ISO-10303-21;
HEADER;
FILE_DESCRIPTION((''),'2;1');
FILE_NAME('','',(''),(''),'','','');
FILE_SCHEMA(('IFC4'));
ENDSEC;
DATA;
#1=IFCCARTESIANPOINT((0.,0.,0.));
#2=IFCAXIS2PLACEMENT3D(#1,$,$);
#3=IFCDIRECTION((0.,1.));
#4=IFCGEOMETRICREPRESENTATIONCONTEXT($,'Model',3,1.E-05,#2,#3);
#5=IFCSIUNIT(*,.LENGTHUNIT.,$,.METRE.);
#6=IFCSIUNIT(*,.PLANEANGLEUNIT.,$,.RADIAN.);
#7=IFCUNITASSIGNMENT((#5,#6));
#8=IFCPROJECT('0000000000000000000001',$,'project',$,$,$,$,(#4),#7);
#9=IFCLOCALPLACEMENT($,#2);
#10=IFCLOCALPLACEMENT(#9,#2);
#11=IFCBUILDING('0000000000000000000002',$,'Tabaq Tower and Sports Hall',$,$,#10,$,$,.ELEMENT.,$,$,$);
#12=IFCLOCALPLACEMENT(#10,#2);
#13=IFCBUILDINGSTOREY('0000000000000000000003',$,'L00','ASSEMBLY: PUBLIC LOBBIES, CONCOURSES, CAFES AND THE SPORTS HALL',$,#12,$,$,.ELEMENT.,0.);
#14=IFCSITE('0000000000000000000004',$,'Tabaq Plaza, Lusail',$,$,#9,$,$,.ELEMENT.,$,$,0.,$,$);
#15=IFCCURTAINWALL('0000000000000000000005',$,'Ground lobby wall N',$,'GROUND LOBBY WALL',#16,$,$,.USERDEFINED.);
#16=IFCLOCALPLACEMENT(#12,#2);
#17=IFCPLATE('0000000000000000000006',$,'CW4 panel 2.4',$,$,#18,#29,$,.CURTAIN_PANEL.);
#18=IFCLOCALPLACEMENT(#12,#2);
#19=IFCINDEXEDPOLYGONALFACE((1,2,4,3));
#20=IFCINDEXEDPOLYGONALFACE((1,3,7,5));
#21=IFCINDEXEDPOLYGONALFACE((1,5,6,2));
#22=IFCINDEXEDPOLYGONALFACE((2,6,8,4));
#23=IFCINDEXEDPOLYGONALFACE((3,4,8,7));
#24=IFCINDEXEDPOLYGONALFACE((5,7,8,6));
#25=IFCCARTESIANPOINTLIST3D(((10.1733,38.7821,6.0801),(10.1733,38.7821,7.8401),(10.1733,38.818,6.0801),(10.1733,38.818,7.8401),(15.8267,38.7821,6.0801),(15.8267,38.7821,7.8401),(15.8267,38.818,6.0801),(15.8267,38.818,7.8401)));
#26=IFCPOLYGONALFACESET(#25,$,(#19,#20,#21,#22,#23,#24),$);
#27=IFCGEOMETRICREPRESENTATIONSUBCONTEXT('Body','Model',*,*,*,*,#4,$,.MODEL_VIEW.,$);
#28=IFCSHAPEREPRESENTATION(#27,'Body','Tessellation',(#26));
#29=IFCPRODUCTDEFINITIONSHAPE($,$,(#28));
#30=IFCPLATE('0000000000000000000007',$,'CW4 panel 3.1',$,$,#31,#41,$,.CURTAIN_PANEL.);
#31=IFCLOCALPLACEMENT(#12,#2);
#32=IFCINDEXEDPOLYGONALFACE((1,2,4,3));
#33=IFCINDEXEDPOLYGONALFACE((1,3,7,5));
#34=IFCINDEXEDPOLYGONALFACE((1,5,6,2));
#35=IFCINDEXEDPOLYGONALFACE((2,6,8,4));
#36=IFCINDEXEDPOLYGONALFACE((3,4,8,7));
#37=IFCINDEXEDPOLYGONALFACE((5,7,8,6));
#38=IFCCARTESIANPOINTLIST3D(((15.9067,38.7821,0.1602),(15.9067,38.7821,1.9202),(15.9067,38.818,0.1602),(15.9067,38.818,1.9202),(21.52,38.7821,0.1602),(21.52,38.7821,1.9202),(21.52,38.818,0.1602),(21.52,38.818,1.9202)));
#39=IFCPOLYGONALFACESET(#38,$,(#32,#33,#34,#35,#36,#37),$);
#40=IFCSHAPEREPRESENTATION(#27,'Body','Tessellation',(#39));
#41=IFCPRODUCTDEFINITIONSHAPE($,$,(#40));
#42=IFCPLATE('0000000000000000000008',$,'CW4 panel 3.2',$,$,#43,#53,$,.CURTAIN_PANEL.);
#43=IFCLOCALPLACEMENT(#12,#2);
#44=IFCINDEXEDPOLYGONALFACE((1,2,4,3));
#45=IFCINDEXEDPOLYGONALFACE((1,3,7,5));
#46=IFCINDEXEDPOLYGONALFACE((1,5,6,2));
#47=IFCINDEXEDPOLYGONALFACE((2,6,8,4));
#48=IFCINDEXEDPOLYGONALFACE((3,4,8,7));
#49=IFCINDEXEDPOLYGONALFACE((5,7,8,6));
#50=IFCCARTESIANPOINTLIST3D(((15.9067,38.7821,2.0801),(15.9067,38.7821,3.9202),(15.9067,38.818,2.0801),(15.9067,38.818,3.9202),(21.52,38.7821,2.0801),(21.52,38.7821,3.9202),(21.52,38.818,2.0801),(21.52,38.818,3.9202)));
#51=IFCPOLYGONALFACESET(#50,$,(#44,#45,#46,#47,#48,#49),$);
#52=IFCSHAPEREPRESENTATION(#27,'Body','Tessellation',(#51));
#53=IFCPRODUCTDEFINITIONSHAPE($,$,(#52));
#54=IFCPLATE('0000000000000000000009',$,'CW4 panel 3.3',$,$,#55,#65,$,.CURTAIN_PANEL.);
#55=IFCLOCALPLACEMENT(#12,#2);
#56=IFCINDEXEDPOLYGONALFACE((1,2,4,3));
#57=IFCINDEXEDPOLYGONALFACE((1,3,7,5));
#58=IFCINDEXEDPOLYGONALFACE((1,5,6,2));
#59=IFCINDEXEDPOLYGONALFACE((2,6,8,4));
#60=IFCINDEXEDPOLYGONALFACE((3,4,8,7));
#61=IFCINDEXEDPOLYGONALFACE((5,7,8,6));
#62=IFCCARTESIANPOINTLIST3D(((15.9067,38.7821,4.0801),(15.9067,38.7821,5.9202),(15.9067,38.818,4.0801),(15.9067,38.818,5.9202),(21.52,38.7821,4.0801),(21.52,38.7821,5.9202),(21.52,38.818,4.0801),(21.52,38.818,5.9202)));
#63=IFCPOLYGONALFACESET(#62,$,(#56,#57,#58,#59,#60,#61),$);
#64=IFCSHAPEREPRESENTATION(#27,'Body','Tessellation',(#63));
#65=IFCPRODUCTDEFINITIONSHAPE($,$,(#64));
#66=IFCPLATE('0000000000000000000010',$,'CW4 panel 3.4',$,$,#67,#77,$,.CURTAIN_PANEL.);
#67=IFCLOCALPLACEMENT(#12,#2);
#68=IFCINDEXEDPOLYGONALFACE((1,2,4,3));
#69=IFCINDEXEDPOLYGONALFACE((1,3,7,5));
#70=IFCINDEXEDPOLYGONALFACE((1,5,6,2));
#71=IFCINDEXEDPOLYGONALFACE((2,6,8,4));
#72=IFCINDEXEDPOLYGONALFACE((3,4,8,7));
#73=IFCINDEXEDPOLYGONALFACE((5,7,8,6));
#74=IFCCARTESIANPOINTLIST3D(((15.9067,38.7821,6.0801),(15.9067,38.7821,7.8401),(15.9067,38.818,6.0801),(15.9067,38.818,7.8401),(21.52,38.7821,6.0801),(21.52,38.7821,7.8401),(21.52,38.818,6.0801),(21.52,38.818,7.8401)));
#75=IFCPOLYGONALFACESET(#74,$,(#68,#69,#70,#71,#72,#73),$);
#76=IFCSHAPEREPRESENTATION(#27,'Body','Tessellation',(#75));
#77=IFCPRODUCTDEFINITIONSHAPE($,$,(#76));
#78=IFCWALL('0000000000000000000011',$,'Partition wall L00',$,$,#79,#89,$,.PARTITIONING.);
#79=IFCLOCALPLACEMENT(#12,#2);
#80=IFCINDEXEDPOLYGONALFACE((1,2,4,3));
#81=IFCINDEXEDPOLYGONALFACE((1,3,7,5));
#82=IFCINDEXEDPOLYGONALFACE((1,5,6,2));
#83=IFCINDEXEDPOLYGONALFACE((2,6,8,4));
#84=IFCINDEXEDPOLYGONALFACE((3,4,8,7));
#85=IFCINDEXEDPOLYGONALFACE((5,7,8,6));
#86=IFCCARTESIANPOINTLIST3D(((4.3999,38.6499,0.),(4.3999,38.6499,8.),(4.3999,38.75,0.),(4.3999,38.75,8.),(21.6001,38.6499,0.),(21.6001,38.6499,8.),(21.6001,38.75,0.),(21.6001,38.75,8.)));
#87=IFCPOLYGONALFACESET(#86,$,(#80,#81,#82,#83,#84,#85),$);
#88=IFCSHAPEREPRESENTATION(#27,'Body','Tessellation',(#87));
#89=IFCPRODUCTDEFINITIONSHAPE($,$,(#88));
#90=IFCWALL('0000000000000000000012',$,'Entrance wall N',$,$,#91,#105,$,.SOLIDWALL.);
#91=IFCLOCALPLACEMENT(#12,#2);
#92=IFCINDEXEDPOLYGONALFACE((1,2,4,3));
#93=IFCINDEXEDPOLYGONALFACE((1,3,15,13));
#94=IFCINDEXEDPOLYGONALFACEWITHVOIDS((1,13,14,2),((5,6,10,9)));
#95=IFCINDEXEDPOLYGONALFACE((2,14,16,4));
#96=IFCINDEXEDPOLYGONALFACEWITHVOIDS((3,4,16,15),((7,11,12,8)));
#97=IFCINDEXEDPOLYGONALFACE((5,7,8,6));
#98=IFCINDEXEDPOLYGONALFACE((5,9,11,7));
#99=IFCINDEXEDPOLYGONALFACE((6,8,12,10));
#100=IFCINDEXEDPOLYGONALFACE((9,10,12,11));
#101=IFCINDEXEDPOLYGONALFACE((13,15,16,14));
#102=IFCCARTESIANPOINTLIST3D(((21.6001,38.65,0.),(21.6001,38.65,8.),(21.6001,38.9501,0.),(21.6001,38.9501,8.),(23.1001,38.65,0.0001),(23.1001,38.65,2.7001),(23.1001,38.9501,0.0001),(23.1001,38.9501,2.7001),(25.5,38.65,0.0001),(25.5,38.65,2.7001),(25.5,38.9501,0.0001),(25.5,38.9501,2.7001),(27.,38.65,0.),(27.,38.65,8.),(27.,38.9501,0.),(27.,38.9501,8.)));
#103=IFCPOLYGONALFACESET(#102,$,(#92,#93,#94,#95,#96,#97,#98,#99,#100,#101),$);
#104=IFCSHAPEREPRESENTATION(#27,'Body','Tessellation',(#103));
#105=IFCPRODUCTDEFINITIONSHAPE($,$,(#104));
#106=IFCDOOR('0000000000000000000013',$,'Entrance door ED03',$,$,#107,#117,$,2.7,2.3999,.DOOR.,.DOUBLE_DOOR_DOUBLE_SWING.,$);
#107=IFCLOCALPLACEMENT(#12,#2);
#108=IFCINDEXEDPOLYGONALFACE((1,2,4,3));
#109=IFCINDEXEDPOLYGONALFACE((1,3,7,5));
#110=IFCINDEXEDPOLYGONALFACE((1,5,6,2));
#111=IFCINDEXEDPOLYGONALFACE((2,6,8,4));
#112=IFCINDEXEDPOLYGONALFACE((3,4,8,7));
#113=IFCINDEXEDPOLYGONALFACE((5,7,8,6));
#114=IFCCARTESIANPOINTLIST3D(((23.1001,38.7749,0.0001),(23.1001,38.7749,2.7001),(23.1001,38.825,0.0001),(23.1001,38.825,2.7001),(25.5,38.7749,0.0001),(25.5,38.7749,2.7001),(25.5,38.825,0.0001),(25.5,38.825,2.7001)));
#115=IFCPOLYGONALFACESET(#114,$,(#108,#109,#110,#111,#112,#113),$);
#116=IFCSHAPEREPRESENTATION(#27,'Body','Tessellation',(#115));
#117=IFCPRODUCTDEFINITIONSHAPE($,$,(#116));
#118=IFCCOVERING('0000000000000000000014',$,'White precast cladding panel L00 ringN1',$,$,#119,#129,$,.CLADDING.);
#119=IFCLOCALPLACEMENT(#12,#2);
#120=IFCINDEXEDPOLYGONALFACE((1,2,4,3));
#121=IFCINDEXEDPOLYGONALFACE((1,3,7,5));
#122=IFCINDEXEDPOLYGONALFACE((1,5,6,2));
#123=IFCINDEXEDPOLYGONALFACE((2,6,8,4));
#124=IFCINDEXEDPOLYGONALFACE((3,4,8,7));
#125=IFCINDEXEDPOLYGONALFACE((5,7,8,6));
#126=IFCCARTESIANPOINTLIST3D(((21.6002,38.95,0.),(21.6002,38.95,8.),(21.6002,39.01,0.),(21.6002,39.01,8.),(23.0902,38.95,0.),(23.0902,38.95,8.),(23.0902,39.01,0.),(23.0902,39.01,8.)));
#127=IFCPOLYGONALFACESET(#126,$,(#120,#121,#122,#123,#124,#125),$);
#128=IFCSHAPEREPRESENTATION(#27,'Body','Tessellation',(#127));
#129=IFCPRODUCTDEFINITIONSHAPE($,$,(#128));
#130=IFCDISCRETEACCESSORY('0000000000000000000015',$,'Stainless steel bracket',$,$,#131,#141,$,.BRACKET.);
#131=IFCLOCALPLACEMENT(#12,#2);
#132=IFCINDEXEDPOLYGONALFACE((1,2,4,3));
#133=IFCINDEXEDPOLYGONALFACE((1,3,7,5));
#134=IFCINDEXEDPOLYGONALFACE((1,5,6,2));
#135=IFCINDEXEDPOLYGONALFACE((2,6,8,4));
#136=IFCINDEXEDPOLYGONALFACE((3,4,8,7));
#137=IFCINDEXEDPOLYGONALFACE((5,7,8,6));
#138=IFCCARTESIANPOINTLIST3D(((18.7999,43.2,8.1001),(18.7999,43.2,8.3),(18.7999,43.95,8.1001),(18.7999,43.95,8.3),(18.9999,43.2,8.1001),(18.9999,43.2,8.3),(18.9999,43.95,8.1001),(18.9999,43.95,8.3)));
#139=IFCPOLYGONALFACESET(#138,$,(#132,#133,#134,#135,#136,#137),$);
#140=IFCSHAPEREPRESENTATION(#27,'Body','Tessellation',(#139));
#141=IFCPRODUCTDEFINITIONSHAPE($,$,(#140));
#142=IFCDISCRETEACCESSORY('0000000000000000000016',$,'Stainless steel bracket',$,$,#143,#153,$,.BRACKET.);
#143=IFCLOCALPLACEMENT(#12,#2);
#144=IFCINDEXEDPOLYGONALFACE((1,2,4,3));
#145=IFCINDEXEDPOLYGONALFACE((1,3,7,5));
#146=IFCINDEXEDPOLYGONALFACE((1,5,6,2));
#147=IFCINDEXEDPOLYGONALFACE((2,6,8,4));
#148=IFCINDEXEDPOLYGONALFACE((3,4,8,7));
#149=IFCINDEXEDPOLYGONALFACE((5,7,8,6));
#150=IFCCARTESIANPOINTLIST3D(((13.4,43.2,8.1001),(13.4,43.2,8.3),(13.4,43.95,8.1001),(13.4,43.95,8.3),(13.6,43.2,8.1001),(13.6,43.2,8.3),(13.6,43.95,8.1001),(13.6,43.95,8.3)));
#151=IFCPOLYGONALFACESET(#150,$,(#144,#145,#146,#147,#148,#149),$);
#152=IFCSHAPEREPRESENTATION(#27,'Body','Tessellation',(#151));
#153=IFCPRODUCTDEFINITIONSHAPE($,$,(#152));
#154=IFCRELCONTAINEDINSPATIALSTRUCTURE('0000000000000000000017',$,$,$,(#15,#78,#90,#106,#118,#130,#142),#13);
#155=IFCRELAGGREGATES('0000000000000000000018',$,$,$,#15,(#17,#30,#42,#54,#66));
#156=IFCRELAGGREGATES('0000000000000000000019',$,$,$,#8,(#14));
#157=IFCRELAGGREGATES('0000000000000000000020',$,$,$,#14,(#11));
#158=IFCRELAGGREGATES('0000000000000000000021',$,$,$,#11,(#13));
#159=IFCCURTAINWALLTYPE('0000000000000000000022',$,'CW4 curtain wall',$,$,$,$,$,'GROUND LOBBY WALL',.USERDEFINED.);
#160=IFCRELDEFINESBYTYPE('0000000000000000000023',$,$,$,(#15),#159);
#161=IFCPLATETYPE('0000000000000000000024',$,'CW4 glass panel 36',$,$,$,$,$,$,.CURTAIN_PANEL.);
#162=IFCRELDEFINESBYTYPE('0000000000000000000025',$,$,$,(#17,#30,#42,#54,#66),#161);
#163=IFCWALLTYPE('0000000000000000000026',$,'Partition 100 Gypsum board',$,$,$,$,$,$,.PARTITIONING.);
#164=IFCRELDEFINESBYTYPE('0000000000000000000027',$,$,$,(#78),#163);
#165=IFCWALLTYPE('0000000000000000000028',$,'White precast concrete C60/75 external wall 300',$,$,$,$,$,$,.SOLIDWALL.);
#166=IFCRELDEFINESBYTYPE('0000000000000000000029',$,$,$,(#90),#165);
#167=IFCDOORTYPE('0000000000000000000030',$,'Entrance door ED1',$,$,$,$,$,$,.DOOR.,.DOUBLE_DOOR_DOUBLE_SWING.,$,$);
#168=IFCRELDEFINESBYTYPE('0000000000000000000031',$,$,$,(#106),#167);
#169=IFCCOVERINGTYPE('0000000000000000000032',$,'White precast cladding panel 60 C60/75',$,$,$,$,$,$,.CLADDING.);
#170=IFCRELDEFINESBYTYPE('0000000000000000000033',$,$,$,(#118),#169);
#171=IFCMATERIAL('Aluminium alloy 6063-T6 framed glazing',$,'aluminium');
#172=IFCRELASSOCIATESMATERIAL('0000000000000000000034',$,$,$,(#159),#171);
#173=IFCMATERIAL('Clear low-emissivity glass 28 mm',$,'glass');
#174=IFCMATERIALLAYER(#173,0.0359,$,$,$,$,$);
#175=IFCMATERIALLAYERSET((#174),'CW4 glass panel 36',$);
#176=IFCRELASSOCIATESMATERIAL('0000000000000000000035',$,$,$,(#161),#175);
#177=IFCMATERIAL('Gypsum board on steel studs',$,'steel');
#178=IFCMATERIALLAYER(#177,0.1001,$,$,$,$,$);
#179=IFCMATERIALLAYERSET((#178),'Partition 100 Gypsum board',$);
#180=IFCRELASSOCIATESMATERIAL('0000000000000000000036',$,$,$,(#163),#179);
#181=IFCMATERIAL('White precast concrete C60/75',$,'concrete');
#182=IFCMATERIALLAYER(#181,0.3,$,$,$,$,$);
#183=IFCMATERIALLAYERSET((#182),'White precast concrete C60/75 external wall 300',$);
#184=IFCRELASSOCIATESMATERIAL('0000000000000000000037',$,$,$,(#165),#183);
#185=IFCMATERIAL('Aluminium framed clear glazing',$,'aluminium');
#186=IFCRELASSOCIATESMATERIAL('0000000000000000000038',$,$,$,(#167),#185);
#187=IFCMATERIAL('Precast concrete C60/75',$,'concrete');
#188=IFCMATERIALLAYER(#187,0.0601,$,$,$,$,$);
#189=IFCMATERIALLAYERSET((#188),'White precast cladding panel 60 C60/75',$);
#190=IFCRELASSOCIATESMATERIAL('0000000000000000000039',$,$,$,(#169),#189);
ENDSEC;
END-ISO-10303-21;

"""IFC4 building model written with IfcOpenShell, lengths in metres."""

from ifc_helpers import new_model, si_unit, direction, frame, frame_2d, origin, origin_2d, place, context, subcontext, project, spatial, rectangle, extrude, material, layer, layer_set, type_object, element, fill, aggregate, save


model = new_model("IFC4")

# Units and contexts
model_context = context("Model", 3, precision=1e-05, world=origin(), true_north=direction((0.0, 1.0)))
body_context = subcontext(model_context, "Body", "Model", "MODEL_VIEW")
ifc_project = project(units=[si_unit("LENGTHUNIT", "METRE"), si_unit("PLANEANGLEUNIT", "RADIAN")], contexts=[model_context])

# Site, building, storey
site_placement = place(None, origin())
site = spatial("IfcSite", under=ifc_project, at=site_placement, Name="Tabaq Plaza, Lusail", CompositionType="ELEMENT", RefElevation=0.0)
building_placement = place(site_placement, origin())
building = spatial("IfcBuilding", under=site, at=building_placement, Name="Tabaq Tower and Sports Hall", CompositionType="ELEMENT")
storey_placement = place(building_placement, origin())
storey = spatial("IfcBuildingStorey", under=building, at=storey_placement, Name="L00", Description="ASSEMBLY: PUBLIC LOBBIES, CONCOURSES, CAFES AND THE SPORTS HALL", CompositionType="ELEMENT", Elevation=0.0)

# Curtain wall, plates
ifc_material_1 = material(Name="Aluminium alloy 6063-T6 framed glazing", Category="aluminium")
curtain_wall_type = type_object("IfcCurtainWallType", Name="CW4 curtain wall", ElementType="GROUND LOBBY WALL", PredefinedType="USERDEFINED", material=ifc_material_1)
curtain_wall_placement = place(storey_placement, origin())
curtain_wall = element("IfcCurtainWall", 1, at=curtain_wall_placement, inside=storey, type_object=curtain_wall_type, Name="Ground lobby wall N", ObjectType="GROUND LOBBY WALL", PredefinedType="USERDEFINED")
ifc_material_2 = material(Name="Clear low-emissivity glass 28 mm", Category="glass")
ifc_layer_1 = layer(ifc_material_2, 0.0359)
ifc_layer_set_1 = layer_set([ifc_layer_1], Name="CW4 glass panel 36")
plate_type = type_object("IfcPlateType", Name="CW4 glass panel 36", PredefinedType="CURTAIN_PANEL", material=ifc_layer_set_1)
plate_1_placement = place(storey_placement, frame((13.0, 38.8, 6.0801), z_axis=(0.0, 0.0, 1.0), x_axis=(1.0, 0.0, 0.0)))
plate_1 = element("IfcPlate", 2, at=plate_1_placement, type_object=plate_type, Name="CW4 panel 2.4", PredefinedType="CURTAIN_PANEL", context=body_context, shape_type="SweptSolid", body=[
    extrude(rectangle(XDim=5.6533, YDim=0.0359, at=origin_2d()), origin(), (0.0, 0.0, 1.0), 1.76),
])
plate_2_placement = place(storey_placement, frame((18.7134, 38.8, 0.1602), z_axis=(0.0, 0.0, 1.0), x_axis=(1.0, 0.0, 0.0)))
plate_2 = element("IfcPlate", 3, at=plate_2_placement, type_object=plate_type, Name="CW4 panel 3.1", PredefinedType="CURTAIN_PANEL", context=body_context, shape_type="SweptSolid", body=[
    extrude(rectangle(XDim=5.6133, YDim=0.0359, at=origin_2d()), origin(), (0.0, 0.0, 1.0), 1.76),
])
plate_3_placement = place(storey_placement, frame((18.7134, 38.8, 2.0801), z_axis=(0.0, 0.0, 1.0), x_axis=(1.0, 0.0, 0.0)))
plate_3 = element("IfcPlate", 4, at=plate_3_placement, type_object=plate_type, Name="CW4 panel 3.2", PredefinedType="CURTAIN_PANEL", context=body_context, shape_type="SweptSolid", body=[
    extrude(rectangle(XDim=5.6133, YDim=0.0359, at=origin_2d()), origin(), (0.0, 0.0, 1.0), 1.8401),
])
plate_4_placement = place(storey_placement, frame((18.7134, 38.8, 4.0801), z_axis=(0.0, 0.0, 1.0), x_axis=(1.0, 0.0, 0.0)))
plate_4 = element("IfcPlate", 5, at=plate_4_placement, type_object=plate_type, Name="CW4 panel 3.3", PredefinedType="CURTAIN_PANEL", context=body_context, shape_type="SweptSolid", body=[
    extrude(rectangle(XDim=5.6133, YDim=0.0359, at=origin_2d()), origin(), (0.0, 0.0, 1.0), 1.8401),
])
plate_5_placement = place(storey_placement, frame((18.7134, 38.8, 6.0801), z_axis=(0.0, 0.0, 1.0), x_axis=(1.0, 0.0, 0.0)))
plate_5 = element("IfcPlate", 6, at=plate_5_placement, type_object=plate_type, Name="CW4 panel 3.4", PredefinedType="CURTAIN_PANEL", context=body_context, shape_type="SweptSolid", body=[
    extrude(rectangle(XDim=5.6133, YDim=0.0359, at=origin_2d()), origin(), (0.0, 0.0, 1.0), 1.76),
])
aggregate(curtain_wall, [plate_1, plate_2, plate_3, plate_4, plate_5])

# Wall
ifc_material_3 = material(Name="Gypsum board on steel studs", Category="steel")
ifc_layer_2 = layer(ifc_material_3, 0.1001)
ifc_layer_set_2 = layer_set([ifc_layer_2], Name="Partition 100 Gypsum board")
wall_type_1 = type_object("IfcWallType", Name="Partition 100 Gypsum board", PredefinedType="PARTITIONING", material=ifc_layer_set_2)
wall_1_placement = place(storey_placement, frame((21.6001, 38.7, 0.0), z_axis=(0.0, 0.0, 1.0), x_axis=(-1.0, 0.0, 0.0)))
element("IfcWall", 7, at=wall_1_placement, inside=storey, type_object=wall_type_1, Name="Partition wall L00", PredefinedType="PARTITIONING", context=body_context, shape_type="SweptSolid", body=[
    extrude(rectangle(XDim=17.2002, YDim=0.1001, at=frame_2d((8.6001, 0.0))), origin(), (0.0, 0.0, 1.0), 8.0),
])

# Wall, opening, door
ifc_material_4 = material(Name="White precast concrete C60/75", Category="concrete")
ifc_layer_3 = layer(ifc_material_4, 0.3)
ifc_layer_set_3 = layer_set([ifc_layer_3], Name="White precast concrete C60/75 external wall 300")
wall_type_2 = type_object("IfcWallType", Name="White precast concrete C60/75 external wall 300", PredefinedType="SOLIDWALL", material=ifc_layer_set_3)
wall_2_placement = place(storey_placement, frame((21.6001, 38.8, 0.0), z_axis=(0.0, 0.0, 1.0), x_axis=(1.0, 0.0, 0.0)))
wall_2 = element("IfcWall", 8, at=wall_2_placement, inside=storey, type_object=wall_type_2, Name="Entrance wall N", PredefinedType="SOLIDWALL", context=body_context, shape_type="SweptSolid", body=[
    extrude(rectangle(XDim=5.3999, YDim=0.3, at=frame_2d((2.7, 0.0))), origin(), (0.0, 0.0, 1.0), 8.0),
])
opening_placement = place(wall_2_placement, frame((1.5, 0.0, 0.0)))
opening = element("IfcOpeningElement", 9, at=opening_placement, cuts=wall_2, PredefinedType="OPENING", context=body_context, shape_type="SweptSolid", body=[
    extrude(rectangle(XDim=2.3999, YDim=2.7, at=frame_2d((1.2, 1.3501))), frame((0.0, 0.1602, 0.0), z_axis=(0.0, -1.0, 0.0), x_axis=(1.0, 0.0, 0.0)), (0.0, 0.0, 1.0), 0.3201),
])
ifc_material_5 = material(Name="Aluminium framed clear glazing", Category="aluminium")
door_type = type_object("IfcDoorType", Name="Entrance door ED1", OperationType="DOUBLE_DOOR_DOUBLE_SWING", PredefinedType="DOOR", material=ifc_material_5)
door_placement = place(opening_placement, origin())
door = element("IfcDoor", 10, at=door_placement, inside=storey, type_object=door_type, Name="Entrance door ED03", OperationType="DOUBLE_DOOR_DOUBLE_SWING", OverallHeight=2.7, OverallWidth=2.3999, PredefinedType="DOOR", context=body_context, shape_type="SweptSolid", body=[
    extrude(rectangle(XDim=2.3999, YDim=2.7, at=frame_2d((1.2, 1.3501))), frame((0.0, 0.0249, 0.0), z_axis=(0.0, -1.0, 0.0), x_axis=(1.0, 0.0, 0.0)), (0.0, 0.0, 1.0), 0.05),
])
fill(opening, door)

# Covering
ifc_material_6 = material(Name="Precast concrete C60/75", Category="concrete")
ifc_layer_4 = layer(ifc_material_6, 0.0601)
ifc_layer_set_4 = layer_set([ifc_layer_4], Name="White precast cladding panel 60 C60/75")
covering_type = type_object("IfcCoveringType", Name="White precast cladding panel 60 C60/75", PredefinedType="CLADDING", material=ifc_layer_set_4)
covering_placement = place(storey_placement, frame((21.6001, 38.98, 0.0), z_axis=(0.0, 0.0, 1.0), x_axis=(1.0, 0.0, 0.0)))
element("IfcCovering", 11, at=covering_placement, inside=storey, type_object=covering_type, Name="White precast cladding panel L00 ringN1", PredefinedType="CLADDING", context=body_context, shape_type="SweptSolid", body=[
    extrude(rectangle(XDim=1.49, YDim=0.0601, at=frame_2d((0.7451, 0.0))), origin(), (0.0, 0.0, 1.0), 8.0),
])

# Discrete accessories
for number, where, z_axis, x_axis, name in (
    (12, (18.8999, 43.575, 8.1001), (0.0, 0.0, 1.0), (1.0, 0.0, 0.0), "Stainless steel bracket"),
    (13, (13.5, 43.575, 8.1001), (0.0, 0.0, 1.0), (1.0, 0.0, 0.0), "Stainless steel bracket"),
):
    element("IfcDiscreteAccessory", number, at=place(storey_placement, frame(where, z_axis=z_axis, x_axis=x_axis)), inside=storey, Name=name, PredefinedType="BRACKET", context=body_context, shape_type="SweptSolid", body=[
        extrude(rectangle(XDim=0.2, YDim=0.75, at=origin_2d()), origin(), (0.0, 0.0, 1.0), 0.2),
    ])

save(model, "model.ifc")
